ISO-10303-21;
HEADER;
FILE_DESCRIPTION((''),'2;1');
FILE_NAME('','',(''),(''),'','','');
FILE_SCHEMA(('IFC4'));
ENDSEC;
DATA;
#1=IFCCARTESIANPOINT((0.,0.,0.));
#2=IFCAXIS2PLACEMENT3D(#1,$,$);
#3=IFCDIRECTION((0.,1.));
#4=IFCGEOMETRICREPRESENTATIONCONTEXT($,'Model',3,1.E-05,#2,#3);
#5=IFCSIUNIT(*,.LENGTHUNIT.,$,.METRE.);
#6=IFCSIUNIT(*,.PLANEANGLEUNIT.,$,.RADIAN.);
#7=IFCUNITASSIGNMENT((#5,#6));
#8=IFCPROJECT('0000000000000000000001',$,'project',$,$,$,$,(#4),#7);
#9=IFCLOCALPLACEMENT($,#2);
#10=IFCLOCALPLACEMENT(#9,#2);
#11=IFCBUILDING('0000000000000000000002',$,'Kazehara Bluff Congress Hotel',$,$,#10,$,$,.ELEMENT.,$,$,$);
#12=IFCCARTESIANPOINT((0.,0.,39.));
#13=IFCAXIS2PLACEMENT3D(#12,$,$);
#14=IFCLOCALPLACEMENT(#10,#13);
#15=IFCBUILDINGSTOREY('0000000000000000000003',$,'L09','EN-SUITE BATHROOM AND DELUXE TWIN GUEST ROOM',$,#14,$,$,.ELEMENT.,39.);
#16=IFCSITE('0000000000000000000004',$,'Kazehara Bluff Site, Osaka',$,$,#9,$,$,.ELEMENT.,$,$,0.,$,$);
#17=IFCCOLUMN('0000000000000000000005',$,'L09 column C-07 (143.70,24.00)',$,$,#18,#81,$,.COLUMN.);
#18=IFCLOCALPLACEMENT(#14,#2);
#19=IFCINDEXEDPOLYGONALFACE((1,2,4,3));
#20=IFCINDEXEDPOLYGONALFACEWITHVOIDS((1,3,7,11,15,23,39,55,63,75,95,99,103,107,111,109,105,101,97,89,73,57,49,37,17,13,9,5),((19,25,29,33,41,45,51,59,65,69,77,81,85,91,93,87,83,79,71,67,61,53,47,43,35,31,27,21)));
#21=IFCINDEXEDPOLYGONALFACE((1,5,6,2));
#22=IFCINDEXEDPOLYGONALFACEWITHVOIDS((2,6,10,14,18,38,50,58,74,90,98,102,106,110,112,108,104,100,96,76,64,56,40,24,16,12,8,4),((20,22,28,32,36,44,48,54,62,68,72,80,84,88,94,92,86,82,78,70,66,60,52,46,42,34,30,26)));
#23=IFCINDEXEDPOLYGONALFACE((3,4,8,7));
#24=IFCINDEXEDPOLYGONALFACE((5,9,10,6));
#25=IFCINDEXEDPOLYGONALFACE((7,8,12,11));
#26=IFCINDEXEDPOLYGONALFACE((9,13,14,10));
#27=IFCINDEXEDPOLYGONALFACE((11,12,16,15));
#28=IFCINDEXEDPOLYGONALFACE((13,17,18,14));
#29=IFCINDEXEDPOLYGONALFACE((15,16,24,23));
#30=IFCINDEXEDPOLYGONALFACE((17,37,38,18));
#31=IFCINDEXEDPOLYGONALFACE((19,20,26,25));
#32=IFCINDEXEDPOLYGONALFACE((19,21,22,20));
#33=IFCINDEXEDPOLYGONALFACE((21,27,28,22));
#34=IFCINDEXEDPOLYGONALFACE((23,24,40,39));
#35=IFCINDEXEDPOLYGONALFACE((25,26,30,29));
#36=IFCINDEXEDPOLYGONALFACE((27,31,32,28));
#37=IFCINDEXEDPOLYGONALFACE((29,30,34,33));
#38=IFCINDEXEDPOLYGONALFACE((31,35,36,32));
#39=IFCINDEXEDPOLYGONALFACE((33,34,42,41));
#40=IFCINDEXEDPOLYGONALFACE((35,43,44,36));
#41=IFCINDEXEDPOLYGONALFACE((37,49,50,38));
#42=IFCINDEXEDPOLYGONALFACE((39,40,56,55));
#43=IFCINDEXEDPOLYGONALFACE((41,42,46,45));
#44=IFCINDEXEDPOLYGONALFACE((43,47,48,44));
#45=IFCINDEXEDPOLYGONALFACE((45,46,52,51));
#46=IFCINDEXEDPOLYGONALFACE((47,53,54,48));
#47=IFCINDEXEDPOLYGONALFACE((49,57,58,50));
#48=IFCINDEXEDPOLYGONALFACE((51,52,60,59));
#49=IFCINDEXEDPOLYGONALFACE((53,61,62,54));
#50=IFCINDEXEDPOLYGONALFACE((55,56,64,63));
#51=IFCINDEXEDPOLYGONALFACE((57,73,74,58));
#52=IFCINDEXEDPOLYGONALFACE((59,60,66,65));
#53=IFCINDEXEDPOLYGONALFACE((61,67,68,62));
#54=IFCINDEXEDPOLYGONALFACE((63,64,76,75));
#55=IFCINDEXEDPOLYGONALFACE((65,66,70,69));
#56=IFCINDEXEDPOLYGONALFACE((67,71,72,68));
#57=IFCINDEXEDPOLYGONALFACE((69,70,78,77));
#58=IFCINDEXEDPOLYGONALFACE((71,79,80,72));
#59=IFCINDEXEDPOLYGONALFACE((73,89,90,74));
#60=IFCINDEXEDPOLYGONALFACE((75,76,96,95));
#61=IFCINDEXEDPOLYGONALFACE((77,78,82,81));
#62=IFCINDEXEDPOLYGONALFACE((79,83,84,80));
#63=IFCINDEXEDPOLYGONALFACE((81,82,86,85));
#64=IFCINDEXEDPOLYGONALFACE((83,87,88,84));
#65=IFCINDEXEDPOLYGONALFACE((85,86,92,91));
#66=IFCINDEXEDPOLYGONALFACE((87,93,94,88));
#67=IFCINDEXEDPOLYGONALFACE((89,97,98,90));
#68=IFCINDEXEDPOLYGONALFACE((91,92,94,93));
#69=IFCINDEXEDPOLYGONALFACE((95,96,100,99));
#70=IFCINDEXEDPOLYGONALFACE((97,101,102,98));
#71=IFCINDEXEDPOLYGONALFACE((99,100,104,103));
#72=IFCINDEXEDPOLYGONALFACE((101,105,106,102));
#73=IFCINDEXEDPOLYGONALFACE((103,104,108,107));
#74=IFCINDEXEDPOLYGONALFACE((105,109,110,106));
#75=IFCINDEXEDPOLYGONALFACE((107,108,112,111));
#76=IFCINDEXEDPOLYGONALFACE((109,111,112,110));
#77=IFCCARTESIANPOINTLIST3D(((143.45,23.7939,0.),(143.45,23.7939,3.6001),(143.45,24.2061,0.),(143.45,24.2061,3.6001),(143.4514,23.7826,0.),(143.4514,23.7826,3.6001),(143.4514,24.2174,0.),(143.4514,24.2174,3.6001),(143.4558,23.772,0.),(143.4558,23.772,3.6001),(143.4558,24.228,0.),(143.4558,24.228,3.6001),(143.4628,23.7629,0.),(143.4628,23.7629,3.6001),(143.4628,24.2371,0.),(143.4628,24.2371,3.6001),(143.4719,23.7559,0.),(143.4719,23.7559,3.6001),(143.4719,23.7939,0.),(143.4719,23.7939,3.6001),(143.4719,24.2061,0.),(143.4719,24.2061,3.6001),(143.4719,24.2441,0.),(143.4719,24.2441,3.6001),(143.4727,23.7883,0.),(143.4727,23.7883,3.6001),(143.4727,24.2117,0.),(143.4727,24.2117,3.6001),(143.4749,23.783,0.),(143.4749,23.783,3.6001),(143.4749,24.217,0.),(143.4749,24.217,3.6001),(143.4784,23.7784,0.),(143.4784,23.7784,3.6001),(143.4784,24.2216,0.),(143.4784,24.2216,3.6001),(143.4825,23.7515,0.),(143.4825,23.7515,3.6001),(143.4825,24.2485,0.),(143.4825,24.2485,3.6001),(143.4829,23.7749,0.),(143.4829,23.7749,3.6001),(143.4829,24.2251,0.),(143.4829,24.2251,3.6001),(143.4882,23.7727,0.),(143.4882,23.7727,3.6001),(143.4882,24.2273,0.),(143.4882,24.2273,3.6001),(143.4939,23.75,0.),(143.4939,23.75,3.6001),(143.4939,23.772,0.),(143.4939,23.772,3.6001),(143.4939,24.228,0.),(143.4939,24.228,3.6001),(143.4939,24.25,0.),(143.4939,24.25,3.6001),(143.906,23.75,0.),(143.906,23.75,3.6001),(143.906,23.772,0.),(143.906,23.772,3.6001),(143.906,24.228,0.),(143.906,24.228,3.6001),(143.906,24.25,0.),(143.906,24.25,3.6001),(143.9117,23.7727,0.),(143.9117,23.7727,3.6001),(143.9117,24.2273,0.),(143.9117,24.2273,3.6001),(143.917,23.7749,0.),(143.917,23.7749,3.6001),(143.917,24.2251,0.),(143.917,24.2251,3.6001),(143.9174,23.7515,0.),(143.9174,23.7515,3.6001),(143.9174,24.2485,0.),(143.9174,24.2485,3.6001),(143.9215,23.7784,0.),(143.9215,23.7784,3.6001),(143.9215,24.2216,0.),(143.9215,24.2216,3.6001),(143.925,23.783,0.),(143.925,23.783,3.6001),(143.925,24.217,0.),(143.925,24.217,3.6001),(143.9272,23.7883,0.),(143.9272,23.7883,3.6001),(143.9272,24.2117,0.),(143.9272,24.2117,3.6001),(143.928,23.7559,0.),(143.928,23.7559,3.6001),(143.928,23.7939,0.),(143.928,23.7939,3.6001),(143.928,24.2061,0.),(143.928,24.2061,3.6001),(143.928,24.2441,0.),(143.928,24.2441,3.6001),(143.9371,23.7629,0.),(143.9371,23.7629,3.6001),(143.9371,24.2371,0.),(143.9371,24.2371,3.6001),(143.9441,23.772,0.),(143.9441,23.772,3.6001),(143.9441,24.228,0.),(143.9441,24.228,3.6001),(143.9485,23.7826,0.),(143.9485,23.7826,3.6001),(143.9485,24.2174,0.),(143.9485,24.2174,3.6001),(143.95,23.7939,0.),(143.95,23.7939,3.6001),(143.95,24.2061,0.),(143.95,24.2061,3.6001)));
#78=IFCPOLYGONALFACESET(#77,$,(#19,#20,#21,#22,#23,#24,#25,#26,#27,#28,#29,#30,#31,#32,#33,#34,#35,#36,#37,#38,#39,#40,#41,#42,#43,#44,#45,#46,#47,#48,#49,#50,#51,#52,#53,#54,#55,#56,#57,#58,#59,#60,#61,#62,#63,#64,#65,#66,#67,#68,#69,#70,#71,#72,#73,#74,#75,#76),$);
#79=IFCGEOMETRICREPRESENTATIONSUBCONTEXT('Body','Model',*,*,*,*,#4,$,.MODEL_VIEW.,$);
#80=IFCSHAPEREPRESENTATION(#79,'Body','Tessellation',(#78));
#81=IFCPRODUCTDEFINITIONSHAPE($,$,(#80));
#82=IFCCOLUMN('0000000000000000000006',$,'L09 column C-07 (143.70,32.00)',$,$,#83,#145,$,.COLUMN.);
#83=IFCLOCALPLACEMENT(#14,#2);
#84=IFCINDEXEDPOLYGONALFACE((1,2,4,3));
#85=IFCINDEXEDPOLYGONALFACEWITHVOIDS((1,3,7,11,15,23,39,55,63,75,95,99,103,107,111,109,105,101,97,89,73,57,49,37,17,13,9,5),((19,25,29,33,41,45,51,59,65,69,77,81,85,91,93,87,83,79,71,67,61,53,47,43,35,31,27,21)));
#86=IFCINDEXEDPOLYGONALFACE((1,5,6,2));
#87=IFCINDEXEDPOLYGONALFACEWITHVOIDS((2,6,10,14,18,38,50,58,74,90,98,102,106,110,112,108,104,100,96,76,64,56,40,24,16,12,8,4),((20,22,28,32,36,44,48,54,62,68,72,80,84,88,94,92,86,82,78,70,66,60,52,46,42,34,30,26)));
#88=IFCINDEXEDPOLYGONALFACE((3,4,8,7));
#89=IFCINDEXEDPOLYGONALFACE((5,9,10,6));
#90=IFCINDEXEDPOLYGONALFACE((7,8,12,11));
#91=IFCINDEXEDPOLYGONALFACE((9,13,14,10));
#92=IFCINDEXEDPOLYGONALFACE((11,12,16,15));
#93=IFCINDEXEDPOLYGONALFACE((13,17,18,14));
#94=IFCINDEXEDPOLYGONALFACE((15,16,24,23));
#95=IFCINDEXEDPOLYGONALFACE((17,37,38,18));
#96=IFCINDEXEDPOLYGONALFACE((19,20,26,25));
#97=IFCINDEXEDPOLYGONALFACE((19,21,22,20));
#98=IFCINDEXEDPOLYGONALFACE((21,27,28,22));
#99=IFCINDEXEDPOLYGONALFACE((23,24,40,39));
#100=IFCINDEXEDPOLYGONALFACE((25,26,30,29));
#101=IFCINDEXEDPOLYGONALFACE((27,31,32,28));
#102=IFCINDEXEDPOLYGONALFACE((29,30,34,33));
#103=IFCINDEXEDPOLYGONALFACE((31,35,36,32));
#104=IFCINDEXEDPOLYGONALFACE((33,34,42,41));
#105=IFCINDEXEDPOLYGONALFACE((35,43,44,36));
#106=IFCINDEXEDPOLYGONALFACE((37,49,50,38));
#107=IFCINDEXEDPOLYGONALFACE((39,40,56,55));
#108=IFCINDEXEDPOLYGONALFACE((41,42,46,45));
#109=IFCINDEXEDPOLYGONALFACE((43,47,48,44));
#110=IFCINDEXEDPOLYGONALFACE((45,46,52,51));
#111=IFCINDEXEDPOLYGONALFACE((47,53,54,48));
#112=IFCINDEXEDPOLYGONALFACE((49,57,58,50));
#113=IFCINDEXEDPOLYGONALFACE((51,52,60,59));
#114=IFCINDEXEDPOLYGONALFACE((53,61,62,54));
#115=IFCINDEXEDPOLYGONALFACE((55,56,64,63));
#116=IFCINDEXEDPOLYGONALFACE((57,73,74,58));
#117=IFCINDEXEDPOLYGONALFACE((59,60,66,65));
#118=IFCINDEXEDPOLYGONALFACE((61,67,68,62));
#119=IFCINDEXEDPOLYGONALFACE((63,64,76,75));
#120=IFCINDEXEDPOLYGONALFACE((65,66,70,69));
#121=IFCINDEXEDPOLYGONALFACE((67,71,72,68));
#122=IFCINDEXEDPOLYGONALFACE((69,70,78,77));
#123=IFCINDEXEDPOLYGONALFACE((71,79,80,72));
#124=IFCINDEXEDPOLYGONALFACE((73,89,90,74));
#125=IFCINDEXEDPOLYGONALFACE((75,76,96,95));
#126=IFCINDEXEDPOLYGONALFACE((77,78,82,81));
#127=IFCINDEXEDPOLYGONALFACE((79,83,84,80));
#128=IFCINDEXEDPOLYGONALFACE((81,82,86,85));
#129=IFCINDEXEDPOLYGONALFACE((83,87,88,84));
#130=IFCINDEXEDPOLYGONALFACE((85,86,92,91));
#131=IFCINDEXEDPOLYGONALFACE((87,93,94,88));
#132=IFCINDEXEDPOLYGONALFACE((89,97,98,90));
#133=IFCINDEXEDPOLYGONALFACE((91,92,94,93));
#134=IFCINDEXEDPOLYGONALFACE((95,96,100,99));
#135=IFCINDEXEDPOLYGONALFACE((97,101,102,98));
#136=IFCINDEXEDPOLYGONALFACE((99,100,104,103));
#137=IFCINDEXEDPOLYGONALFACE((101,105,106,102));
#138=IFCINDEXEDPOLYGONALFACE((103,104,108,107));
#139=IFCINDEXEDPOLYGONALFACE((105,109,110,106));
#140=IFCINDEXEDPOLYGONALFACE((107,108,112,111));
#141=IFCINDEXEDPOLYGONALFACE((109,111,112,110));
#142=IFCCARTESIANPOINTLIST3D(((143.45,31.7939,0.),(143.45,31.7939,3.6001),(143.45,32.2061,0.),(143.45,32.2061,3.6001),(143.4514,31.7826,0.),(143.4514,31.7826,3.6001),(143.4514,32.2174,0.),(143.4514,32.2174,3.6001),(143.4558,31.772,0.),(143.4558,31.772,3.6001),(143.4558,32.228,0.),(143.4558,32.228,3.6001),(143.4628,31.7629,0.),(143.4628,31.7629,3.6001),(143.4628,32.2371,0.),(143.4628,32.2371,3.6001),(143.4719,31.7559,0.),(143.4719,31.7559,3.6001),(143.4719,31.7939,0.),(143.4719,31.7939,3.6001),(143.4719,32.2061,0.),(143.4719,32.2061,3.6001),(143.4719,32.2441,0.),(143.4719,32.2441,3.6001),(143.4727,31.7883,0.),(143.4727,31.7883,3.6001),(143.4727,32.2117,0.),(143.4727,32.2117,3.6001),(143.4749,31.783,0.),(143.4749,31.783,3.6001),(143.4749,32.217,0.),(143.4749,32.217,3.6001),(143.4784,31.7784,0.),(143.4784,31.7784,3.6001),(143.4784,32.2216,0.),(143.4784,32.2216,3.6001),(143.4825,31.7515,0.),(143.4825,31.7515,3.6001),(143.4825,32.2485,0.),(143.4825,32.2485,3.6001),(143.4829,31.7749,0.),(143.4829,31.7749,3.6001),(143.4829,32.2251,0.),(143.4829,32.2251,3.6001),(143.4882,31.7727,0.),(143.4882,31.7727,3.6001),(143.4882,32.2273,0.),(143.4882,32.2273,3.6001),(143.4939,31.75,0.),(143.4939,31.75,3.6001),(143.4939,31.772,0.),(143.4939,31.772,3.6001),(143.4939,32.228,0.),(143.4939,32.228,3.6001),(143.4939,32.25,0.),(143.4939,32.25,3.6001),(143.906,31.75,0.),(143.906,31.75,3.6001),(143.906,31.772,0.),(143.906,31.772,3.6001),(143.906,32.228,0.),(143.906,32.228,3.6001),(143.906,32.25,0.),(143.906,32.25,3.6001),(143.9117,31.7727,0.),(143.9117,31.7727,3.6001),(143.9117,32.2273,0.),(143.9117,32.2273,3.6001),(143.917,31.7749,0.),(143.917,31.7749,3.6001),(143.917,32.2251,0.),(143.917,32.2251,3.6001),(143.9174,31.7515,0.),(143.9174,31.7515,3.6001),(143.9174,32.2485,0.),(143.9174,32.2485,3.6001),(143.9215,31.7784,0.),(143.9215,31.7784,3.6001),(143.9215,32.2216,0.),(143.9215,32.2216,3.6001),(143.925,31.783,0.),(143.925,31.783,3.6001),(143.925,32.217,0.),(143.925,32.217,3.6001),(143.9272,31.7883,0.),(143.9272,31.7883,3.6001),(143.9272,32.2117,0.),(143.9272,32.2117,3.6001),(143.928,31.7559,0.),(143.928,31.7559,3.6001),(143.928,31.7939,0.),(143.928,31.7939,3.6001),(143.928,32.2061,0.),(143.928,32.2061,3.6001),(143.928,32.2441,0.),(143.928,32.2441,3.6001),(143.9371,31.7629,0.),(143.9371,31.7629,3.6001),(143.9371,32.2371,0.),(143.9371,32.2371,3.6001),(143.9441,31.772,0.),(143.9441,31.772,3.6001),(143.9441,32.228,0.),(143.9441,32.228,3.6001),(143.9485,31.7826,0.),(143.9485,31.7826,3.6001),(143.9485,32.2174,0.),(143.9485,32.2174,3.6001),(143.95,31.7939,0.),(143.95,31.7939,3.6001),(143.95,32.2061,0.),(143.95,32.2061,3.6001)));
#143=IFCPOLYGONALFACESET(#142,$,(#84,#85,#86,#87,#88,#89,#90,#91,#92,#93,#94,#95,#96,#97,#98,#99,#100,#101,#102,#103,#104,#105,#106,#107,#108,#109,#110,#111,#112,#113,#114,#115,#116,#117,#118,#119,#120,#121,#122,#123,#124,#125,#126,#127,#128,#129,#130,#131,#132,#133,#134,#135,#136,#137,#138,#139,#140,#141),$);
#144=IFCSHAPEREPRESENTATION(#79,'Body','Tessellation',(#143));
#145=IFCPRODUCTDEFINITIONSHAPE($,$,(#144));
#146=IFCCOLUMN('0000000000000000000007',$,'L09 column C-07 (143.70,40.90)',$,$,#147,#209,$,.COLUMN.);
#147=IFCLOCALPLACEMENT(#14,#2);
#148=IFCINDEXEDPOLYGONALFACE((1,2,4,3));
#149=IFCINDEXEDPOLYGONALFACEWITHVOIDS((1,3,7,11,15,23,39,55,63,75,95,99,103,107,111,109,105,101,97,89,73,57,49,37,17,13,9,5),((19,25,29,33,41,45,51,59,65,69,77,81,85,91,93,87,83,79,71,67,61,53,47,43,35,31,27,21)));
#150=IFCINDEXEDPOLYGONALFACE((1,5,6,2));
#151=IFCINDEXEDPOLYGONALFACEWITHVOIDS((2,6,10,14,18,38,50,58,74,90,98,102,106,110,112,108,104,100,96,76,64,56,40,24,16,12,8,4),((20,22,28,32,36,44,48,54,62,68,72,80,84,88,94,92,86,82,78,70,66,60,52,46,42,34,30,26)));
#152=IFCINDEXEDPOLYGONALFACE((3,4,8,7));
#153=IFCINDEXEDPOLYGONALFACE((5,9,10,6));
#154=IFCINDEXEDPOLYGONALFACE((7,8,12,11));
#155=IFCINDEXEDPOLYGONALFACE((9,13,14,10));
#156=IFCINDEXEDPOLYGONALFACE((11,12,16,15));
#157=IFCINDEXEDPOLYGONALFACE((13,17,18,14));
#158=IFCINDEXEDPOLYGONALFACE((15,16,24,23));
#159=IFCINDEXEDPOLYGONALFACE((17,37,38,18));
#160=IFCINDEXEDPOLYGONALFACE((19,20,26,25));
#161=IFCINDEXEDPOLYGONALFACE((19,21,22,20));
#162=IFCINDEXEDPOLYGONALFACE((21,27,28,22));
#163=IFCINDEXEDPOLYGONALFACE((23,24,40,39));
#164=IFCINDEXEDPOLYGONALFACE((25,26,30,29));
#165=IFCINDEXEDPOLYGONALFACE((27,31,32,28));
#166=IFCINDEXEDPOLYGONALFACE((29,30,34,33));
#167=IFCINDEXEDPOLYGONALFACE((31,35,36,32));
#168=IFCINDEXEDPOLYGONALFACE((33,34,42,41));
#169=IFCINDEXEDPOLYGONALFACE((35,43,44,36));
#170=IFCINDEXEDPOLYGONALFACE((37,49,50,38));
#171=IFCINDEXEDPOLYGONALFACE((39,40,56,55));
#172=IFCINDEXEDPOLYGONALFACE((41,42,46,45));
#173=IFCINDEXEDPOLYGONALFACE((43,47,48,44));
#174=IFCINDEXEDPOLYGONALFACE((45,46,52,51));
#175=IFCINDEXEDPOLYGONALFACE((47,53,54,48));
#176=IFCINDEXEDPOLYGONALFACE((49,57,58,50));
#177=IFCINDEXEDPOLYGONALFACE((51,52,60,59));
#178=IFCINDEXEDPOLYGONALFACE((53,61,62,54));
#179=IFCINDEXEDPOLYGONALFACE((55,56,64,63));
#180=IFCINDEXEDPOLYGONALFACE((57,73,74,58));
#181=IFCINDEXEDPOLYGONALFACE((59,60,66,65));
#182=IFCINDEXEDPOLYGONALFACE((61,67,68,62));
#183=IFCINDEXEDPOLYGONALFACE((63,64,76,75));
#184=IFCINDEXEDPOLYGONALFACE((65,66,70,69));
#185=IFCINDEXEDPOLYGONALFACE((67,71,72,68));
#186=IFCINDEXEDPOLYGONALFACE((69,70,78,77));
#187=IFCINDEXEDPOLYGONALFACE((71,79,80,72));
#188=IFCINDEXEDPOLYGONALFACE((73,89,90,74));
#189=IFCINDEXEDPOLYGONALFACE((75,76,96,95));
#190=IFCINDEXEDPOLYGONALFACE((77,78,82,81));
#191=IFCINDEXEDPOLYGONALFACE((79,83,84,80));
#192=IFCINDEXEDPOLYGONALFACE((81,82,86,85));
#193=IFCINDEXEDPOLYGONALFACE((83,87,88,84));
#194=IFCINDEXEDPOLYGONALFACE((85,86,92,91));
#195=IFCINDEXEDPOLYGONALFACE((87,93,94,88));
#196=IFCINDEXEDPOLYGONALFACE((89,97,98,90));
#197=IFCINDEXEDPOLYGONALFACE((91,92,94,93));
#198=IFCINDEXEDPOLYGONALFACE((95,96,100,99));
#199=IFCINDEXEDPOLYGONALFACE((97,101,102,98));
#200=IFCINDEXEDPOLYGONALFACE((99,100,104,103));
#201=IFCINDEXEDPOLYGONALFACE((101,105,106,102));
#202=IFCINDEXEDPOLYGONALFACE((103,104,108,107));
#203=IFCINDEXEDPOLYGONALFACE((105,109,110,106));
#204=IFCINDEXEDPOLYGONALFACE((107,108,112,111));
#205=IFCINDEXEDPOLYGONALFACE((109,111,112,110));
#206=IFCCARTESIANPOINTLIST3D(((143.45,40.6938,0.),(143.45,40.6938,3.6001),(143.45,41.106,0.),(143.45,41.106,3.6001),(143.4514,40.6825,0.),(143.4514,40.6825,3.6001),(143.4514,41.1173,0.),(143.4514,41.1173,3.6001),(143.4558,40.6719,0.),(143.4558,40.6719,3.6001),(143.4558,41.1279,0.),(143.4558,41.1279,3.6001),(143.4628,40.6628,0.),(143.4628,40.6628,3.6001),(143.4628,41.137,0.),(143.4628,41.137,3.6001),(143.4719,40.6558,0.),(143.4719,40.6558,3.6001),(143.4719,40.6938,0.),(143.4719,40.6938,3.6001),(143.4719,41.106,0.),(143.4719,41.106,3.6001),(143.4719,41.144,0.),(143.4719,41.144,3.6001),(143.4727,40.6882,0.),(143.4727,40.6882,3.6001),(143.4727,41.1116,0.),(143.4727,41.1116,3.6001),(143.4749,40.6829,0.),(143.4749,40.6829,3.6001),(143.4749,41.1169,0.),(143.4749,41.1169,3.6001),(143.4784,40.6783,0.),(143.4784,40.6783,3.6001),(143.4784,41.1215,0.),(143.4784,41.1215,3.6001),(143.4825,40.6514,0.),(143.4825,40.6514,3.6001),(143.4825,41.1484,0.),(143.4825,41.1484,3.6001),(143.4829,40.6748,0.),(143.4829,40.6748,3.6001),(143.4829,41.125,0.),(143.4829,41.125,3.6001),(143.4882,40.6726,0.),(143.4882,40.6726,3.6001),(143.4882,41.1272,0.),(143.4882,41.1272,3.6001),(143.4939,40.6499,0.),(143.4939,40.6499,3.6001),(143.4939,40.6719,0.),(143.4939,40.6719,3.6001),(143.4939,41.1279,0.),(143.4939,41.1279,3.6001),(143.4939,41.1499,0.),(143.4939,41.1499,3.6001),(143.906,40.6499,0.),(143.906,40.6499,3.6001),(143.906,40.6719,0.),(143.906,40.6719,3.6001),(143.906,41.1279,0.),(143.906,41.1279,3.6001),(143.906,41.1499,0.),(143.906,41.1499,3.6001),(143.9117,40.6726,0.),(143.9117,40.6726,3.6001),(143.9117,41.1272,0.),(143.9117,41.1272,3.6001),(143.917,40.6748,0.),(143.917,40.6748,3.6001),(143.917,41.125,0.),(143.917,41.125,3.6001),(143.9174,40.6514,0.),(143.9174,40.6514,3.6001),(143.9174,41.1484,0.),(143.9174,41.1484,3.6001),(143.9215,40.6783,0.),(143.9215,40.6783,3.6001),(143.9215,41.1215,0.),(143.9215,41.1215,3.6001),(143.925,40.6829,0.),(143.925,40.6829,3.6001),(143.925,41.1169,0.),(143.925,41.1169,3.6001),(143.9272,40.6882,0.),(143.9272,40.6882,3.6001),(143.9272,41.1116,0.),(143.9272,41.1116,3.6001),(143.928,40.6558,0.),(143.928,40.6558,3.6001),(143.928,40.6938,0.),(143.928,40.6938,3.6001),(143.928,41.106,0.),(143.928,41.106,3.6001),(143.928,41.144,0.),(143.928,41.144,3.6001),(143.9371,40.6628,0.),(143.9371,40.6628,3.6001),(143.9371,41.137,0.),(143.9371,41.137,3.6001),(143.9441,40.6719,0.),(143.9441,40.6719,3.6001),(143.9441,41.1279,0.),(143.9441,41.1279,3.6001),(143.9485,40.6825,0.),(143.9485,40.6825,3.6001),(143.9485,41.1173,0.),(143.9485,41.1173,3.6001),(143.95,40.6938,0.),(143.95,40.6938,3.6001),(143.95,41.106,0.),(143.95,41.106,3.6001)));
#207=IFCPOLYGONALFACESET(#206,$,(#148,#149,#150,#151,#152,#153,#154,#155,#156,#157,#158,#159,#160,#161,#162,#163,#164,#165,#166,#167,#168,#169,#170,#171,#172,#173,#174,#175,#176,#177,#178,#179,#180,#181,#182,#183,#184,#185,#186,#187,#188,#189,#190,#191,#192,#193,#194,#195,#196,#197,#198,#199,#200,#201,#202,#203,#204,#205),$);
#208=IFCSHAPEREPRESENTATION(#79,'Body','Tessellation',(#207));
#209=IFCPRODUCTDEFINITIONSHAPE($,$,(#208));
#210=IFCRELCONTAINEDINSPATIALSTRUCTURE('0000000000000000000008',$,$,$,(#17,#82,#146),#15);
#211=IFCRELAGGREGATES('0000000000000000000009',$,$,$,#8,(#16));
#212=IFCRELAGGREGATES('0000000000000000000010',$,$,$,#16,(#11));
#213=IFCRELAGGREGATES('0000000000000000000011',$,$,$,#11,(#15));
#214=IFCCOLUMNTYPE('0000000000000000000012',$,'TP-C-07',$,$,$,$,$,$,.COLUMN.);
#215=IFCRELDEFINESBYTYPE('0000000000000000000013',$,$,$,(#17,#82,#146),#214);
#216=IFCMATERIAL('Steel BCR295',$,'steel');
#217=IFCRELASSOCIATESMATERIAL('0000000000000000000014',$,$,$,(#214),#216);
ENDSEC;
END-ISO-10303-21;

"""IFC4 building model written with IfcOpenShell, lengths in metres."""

from ifc_helpers import new_model, si_unit, direction, frame, origin, origin_2d, place, context, subcontext, project, spatial, hollow_rectangle, extrude, material, material_profile, profile_set, type_object, element, save


model = new_model("IFC4")

# Units and contexts
model_context = context("Model", 3, precision=1e-05, world=origin(), true_north=direction((0.0, 1.0)))
body_context = subcontext(model_context, "Body", "Model", "MODEL_VIEW")
ifc_project = project(units=[si_unit("LENGTHUNIT", "METRE"), si_unit("PLANEANGLEUNIT", "RADIAN")], contexts=[model_context])

# Site, building, storey
site_placement = place(None, origin())
site = spatial("IfcSite", under=ifc_project, at=site_placement, Name="Kazehara Bluff Site, Osaka", CompositionType="ELEMENT", RefElevation=0.0)
building_placement = place(site_placement, origin())
building = spatial("IfcBuilding", under=site, at=building_placement, Name="Kazehara Bluff Congress Hotel", CompositionType="ELEMENT")
storey_placement = place(building_placement, frame((0.0, 0.0, 39.0)))
storey = spatial("IfcBuildingStorey", under=building, at=storey_placement, Name="L09", Description="EN-SUITE BATHROOM AND DELUXE TWIN GUEST ROOM", CompositionType="ELEMENT", Elevation=39.0)

# Columns
ifc_material_1 = material(Name="Steel BCR295", Category="steel")
ifc_material_profile_1 = material_profile(ifc_material_1, hollow_rectangle(XDim=0.5, YDim=0.5, WallThickness=0.022, InnerFilletRadius=0.022, OuterFilletRadius=0.0439, at=origin_2d()))
ifc_profile_set_1 = profile_set([ifc_material_profile_1], Name="Steel BCR295")
column_type = type_object("IfcColumnType", Name="TP-C-07", PredefinedType="COLUMN", material=ifc_profile_set_1)
for number, where, z_axis, x_axis, name in (
    (1, (143.7, 24.0, 0.0), (0.0, 0.0, 1.0), (1.0, 0.0, 0.0), "L09 column C-07 (143.70,24.00)"),
    (2, (143.7, 32.0, 0.0), (0.0, 0.0, 1.0), (1.0, 0.0, 0.0), "L09 column C-07 (143.70,32.00)"),
    (3, (143.7, 40.8999, 0.0), (0.0, 0.0, 1.0), (1.0, 0.0, 0.0), "L09 column C-07 (143.70,40.90)"),
):
    element("IfcColumn", number, at=place(storey_placement, frame(where, z_axis=z_axis, x_axis=x_axis)), inside=storey, type_object=column_type, Name=name, PredefinedType="COLUMN", context=body_context, shape_type="SweptSolid", body=[
        extrude(hollow_rectangle(XDim=0.5, YDim=0.5, WallThickness=0.022, InnerFilletRadius=0.022, OuterFilletRadius=0.0439, at=origin_2d()), origin(), (0.0, 0.0, 1.0), 3.6001),
    ])

save(model, "model.ifc")
